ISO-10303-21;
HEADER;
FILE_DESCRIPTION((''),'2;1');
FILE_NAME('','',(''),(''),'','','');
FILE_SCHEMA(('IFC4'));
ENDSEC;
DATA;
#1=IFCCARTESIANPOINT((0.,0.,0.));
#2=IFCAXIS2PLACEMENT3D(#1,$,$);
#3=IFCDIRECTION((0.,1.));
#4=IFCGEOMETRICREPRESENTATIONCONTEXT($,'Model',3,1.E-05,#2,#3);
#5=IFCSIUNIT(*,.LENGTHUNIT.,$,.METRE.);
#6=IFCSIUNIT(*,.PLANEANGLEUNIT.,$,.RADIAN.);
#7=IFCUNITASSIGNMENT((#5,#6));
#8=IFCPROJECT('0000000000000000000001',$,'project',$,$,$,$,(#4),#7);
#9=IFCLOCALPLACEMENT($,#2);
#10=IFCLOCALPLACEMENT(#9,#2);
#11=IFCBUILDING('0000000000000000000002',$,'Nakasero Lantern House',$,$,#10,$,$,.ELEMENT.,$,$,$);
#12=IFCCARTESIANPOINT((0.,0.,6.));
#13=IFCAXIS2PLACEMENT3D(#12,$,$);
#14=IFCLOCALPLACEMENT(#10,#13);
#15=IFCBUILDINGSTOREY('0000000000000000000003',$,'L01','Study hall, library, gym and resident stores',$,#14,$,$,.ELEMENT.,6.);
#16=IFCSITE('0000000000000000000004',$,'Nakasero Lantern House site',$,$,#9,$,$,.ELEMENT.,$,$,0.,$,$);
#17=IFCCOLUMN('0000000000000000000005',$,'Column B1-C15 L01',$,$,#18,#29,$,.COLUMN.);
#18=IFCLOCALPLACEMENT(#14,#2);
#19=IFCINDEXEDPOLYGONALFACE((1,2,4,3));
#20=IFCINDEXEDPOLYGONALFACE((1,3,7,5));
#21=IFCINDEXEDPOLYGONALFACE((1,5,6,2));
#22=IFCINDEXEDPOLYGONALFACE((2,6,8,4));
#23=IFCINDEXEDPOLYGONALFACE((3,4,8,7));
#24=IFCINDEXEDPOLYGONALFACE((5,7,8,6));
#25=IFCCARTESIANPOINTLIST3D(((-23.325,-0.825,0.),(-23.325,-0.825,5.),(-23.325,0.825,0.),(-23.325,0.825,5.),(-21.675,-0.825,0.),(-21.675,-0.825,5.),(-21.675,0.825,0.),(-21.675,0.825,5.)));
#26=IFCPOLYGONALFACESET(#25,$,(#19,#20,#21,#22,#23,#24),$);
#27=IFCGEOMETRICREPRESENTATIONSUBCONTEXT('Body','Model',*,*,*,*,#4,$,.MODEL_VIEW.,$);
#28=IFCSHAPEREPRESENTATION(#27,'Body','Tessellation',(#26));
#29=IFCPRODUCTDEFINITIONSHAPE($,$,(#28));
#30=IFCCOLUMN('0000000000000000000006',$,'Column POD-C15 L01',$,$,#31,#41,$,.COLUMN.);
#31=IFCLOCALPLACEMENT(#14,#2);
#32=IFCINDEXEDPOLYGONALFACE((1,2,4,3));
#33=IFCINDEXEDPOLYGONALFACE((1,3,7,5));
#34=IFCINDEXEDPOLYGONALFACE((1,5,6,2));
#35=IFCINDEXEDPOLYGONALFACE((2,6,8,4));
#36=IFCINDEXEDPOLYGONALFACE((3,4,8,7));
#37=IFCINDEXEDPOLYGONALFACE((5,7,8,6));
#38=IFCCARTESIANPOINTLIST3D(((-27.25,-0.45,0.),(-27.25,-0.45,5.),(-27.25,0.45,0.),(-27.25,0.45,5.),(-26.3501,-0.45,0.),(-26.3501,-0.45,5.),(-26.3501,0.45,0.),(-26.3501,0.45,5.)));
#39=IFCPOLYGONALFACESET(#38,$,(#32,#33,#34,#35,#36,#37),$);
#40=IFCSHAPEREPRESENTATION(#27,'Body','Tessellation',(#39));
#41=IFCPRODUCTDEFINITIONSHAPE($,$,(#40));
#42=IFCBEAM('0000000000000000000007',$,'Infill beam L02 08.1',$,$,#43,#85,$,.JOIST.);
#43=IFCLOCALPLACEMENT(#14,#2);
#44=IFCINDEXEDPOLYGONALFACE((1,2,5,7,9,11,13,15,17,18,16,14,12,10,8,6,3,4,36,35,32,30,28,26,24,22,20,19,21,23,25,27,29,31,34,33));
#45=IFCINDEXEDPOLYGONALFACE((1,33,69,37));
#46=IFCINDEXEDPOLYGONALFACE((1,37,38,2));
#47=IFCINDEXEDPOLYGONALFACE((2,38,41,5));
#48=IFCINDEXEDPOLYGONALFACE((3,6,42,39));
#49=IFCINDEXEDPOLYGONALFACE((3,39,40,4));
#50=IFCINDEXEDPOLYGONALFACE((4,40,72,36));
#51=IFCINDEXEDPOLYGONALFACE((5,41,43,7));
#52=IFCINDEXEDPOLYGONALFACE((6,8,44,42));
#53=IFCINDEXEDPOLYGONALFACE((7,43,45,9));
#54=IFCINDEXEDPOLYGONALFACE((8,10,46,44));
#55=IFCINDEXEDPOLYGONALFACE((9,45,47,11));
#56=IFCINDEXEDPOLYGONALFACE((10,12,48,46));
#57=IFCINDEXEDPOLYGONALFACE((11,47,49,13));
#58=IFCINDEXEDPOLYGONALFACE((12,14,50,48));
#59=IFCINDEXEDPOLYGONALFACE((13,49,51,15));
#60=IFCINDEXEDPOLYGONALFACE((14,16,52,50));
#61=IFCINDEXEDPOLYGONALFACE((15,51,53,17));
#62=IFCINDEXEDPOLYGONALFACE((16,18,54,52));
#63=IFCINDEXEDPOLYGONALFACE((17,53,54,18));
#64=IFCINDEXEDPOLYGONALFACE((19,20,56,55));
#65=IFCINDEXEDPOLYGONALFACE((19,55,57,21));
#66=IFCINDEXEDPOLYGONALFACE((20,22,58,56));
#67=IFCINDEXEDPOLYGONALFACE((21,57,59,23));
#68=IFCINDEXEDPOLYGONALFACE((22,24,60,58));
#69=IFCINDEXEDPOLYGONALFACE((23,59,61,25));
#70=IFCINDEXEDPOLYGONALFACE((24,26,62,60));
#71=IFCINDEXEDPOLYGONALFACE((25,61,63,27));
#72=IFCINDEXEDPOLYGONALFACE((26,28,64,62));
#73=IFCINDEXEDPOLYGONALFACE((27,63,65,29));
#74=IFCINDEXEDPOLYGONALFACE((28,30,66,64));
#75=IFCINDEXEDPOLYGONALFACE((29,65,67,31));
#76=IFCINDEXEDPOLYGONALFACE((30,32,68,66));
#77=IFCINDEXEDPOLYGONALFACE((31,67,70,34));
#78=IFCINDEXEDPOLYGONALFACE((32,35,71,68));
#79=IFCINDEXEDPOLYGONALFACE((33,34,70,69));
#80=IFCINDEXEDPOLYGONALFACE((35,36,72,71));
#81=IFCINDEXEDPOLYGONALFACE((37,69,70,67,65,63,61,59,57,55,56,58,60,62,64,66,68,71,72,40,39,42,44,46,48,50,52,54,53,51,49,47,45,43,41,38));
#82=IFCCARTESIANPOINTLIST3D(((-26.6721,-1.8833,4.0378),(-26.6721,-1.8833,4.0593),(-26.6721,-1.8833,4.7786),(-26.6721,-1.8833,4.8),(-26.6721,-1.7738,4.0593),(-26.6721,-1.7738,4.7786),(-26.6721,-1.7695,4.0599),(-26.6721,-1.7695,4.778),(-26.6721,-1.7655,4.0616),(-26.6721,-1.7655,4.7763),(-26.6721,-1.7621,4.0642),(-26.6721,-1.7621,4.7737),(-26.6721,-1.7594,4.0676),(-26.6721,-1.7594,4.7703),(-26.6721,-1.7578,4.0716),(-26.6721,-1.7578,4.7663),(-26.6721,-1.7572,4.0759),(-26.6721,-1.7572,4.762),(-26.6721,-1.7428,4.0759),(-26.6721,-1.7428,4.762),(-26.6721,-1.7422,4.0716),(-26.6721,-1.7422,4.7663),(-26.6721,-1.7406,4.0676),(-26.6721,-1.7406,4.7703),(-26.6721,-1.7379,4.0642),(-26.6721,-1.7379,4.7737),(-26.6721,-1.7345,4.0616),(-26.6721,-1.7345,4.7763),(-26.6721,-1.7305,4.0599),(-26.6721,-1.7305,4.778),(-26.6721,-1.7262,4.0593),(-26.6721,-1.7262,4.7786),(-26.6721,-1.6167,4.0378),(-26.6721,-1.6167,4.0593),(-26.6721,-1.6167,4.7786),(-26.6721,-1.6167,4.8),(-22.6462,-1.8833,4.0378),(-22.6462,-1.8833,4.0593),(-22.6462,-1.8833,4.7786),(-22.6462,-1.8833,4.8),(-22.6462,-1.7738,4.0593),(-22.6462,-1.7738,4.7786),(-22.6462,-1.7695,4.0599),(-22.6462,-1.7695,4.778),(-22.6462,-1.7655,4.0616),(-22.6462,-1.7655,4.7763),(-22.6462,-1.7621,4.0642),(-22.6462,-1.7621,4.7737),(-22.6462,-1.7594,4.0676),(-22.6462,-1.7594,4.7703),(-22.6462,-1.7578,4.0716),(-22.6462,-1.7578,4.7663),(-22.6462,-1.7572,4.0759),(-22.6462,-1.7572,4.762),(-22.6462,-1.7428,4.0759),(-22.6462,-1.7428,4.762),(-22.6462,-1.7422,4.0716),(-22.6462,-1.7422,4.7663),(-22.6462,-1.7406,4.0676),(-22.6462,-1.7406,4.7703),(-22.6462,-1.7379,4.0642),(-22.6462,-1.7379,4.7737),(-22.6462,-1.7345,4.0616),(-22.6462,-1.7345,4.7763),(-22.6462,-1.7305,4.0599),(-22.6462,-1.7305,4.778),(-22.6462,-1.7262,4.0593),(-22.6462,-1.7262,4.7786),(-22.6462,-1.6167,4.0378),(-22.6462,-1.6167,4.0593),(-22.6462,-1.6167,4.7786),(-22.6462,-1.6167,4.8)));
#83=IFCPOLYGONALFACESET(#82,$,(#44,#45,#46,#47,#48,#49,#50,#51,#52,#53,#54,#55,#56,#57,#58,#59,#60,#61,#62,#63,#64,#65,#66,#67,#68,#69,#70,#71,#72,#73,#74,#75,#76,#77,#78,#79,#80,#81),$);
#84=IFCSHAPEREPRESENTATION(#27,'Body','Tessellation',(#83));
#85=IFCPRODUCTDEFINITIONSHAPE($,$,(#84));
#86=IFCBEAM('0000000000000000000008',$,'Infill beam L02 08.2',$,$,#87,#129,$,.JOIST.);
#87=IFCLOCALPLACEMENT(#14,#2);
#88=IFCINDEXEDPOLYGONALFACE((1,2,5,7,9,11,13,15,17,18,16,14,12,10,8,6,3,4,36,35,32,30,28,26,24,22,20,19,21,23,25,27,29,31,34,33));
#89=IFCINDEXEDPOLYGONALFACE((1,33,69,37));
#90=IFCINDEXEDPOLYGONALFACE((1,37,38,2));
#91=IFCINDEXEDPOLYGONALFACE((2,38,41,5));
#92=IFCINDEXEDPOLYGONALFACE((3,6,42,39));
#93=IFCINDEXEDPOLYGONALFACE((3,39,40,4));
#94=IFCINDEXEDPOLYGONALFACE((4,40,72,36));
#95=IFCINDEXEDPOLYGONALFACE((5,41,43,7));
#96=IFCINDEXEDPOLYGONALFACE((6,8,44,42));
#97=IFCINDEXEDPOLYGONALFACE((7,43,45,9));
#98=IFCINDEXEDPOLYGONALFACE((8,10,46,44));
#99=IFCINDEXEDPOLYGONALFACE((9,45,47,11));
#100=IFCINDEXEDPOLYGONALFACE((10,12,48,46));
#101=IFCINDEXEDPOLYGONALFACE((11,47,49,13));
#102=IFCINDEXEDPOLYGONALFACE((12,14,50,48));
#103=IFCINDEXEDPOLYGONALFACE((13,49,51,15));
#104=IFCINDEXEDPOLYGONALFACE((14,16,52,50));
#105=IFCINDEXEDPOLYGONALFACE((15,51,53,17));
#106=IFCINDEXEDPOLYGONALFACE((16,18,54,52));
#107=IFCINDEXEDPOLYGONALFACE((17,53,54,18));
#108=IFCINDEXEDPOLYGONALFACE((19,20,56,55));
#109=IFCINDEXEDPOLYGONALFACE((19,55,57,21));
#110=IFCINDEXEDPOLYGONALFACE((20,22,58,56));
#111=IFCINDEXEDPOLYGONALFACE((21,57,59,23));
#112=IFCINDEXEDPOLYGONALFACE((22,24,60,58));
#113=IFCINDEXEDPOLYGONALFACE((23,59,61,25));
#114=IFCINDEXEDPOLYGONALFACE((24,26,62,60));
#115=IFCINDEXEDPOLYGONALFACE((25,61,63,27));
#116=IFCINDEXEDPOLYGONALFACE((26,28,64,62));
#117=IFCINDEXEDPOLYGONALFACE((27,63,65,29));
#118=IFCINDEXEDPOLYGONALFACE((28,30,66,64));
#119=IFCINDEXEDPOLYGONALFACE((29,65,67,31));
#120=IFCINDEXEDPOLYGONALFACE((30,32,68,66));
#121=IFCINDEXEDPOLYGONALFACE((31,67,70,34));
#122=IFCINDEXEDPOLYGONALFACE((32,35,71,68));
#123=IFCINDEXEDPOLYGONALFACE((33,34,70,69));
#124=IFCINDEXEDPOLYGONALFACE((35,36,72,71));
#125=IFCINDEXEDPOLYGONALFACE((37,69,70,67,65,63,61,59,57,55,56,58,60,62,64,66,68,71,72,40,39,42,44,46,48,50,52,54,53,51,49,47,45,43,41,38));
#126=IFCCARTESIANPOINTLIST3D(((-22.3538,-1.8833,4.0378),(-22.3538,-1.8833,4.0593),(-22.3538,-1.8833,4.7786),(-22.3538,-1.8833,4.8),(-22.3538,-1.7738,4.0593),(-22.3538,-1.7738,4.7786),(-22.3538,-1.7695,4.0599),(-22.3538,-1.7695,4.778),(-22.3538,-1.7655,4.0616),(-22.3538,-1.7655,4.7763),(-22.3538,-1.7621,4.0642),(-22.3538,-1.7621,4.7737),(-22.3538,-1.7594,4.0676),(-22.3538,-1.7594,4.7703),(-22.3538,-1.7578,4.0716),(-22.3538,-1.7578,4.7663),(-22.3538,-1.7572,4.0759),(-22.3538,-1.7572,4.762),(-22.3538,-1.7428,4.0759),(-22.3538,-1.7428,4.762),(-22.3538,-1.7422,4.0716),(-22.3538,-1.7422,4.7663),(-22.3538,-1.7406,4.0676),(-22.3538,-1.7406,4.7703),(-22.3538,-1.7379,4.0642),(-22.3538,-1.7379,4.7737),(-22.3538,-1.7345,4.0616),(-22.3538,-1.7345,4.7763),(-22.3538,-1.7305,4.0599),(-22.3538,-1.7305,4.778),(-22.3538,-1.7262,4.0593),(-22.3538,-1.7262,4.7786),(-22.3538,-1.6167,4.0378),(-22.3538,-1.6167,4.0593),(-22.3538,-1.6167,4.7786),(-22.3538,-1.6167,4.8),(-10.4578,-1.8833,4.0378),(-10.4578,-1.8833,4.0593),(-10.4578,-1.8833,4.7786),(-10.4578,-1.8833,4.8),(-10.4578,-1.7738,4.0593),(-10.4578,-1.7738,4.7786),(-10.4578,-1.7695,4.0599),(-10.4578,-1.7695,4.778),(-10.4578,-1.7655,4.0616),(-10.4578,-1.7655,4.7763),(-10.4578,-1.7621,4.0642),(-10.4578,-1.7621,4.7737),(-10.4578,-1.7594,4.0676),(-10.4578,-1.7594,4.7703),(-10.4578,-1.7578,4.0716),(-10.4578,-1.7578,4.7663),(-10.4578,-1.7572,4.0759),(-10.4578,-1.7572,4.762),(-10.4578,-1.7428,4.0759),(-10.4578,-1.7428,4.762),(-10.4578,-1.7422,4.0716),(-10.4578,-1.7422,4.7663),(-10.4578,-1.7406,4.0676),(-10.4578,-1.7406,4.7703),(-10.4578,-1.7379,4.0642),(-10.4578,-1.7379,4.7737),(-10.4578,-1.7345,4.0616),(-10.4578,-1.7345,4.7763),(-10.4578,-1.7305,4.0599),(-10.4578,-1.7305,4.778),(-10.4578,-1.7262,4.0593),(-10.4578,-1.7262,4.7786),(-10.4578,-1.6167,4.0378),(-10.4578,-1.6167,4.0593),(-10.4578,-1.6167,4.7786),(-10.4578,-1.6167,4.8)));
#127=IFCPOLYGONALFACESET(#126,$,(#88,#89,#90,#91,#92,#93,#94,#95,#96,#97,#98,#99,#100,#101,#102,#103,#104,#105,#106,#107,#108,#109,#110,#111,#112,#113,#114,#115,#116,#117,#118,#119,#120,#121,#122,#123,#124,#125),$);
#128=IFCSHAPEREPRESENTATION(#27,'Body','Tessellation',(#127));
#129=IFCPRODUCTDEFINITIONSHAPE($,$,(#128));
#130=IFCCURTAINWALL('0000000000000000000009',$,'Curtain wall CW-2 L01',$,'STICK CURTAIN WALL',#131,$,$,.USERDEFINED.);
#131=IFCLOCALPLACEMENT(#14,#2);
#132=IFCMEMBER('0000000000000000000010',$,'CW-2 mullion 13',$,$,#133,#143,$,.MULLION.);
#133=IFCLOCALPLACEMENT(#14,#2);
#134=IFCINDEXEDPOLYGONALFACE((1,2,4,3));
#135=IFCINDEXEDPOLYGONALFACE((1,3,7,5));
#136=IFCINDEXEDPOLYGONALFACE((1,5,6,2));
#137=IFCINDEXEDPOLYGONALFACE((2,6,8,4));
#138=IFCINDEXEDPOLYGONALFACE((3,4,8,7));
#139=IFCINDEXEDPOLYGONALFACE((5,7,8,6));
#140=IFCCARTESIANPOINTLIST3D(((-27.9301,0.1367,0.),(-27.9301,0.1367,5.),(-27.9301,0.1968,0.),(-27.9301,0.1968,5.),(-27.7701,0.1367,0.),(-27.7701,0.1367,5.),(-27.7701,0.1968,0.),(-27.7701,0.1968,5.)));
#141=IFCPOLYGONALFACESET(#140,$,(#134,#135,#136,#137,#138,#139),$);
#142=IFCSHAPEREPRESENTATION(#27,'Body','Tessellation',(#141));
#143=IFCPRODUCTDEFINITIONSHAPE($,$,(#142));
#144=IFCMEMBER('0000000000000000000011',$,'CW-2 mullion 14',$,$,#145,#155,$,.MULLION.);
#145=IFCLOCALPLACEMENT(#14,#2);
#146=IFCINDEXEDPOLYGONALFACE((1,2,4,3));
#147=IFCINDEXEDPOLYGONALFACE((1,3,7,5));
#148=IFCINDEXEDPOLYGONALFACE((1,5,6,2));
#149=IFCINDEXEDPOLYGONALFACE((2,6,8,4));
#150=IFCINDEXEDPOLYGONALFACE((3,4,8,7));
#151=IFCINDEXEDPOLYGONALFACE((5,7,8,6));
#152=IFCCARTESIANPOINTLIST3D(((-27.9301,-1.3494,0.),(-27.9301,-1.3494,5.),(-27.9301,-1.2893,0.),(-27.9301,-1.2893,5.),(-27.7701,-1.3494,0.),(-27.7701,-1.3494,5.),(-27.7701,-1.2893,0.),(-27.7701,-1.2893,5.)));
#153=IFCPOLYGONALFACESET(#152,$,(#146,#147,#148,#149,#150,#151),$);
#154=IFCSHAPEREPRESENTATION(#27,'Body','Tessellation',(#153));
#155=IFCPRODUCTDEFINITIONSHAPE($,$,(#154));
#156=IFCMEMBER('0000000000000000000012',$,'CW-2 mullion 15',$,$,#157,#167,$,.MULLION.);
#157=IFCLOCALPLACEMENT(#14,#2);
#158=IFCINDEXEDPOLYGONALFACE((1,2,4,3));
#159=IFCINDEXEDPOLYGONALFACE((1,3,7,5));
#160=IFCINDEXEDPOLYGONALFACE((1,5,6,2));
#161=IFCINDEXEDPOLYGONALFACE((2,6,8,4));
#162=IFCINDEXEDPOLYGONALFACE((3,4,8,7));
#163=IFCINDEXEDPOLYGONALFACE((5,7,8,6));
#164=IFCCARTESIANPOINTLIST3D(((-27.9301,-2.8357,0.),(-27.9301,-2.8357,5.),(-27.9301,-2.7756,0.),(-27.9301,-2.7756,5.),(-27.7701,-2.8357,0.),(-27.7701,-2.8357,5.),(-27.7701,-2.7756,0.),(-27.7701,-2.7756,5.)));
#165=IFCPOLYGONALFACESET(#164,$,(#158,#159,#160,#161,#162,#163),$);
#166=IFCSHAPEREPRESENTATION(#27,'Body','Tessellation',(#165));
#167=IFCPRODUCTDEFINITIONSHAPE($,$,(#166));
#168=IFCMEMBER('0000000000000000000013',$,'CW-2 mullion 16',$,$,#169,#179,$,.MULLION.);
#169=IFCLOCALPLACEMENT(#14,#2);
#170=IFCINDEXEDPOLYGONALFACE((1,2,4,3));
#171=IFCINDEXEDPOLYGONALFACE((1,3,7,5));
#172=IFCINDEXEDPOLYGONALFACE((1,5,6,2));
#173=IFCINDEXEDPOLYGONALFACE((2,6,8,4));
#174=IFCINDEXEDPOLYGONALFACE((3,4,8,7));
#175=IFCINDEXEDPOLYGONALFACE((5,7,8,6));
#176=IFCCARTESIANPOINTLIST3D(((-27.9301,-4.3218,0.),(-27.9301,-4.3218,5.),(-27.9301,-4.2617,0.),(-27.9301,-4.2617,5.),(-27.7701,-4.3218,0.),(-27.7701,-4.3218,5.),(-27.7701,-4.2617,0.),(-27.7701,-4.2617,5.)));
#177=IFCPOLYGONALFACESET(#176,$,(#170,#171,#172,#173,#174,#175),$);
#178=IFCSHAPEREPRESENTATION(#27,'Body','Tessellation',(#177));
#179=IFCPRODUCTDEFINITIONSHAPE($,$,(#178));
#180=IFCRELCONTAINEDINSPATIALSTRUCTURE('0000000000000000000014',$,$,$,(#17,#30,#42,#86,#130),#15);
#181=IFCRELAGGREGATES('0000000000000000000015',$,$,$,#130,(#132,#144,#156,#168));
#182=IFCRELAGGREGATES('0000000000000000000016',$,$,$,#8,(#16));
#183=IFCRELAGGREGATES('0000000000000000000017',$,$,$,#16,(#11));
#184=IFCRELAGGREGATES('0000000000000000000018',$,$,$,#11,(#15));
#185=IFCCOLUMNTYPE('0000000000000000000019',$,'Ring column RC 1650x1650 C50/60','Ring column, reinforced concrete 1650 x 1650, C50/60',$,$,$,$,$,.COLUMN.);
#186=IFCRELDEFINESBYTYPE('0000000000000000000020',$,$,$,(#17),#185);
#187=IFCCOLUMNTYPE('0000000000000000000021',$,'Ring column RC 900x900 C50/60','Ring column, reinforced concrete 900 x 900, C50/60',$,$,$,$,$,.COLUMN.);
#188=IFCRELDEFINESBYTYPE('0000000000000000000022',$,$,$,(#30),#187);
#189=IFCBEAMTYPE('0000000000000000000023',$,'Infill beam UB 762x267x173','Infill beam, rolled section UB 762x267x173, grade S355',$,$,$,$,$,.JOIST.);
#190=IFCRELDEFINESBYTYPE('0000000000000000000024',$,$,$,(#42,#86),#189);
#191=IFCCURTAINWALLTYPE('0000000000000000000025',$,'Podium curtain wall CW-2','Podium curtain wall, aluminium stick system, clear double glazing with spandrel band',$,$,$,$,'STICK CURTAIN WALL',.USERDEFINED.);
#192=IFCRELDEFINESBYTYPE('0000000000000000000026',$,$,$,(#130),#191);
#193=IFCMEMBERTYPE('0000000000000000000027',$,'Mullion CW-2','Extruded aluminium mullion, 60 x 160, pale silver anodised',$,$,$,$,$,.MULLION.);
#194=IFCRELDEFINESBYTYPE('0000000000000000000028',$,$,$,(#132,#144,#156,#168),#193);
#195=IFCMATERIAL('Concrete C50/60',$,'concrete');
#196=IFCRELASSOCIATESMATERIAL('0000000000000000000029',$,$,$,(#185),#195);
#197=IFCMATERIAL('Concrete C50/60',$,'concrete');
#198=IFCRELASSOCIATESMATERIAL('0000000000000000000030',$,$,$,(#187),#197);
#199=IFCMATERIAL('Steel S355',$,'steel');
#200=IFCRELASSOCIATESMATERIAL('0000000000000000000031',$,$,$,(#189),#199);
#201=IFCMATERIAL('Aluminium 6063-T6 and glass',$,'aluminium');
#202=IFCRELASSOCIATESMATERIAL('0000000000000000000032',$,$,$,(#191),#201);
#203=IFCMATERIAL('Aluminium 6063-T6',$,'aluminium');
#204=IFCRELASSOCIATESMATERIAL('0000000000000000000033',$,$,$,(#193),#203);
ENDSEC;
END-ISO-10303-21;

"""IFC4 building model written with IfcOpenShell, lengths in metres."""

from ifc_helpers import new_model, si_unit, direction, frame, origin, origin_2d, place, context, subcontext, project, spatial, rectangle, i_section, extrude, material, material_profile, profile_set, type_object, element, aggregate, save


model = new_model("IFC4")

# Units and contexts
model_context = context("Model", 3, precision=1e-05, world=origin(), true_north=direction((0.0, 1.0)))
body_context = subcontext(model_context, "Body", "Model", "MODEL_VIEW")
ifc_project = project(units=[si_unit("LENGTHUNIT", "METRE"), si_unit("PLANEANGLEUNIT", "RADIAN")], contexts=[model_context])

# Site, building, storey
site_placement = place(None, origin())
site = spatial("IfcSite", under=ifc_project, at=site_placement, Name="Nakasero Lantern House site", CompositionType="ELEMENT", RefElevation=0.0)
building_placement = place(site_placement, origin())
building = spatial("IfcBuilding", under=site, at=building_placement, Name="Nakasero Lantern House", CompositionType="ELEMENT")
storey_placement = place(building_placement, frame((0.0, 0.0, 6.0)))
storey = spatial("IfcBuildingStorey", under=building, at=storey_placement, Name="L01", Description="Study hall, library, gym and resident stores", CompositionType="ELEMENT", Elevation=6.0)

# Columns
ifc_material_1 = material(Name="Concrete C50/60", Category="concrete")
ifc_material_profile_1 = material_profile(ifc_material_1, rectangle(XDim=1.6499, YDim=1.6499, at=origin_2d()), Name="RC 1650x1650")
ifc_profile_set_1 = profile_set([ifc_material_profile_1], Name="Concrete C50/60")
column_type_1 = type_object("IfcColumnType", Name="Ring column RC 1650x1650 C50/60", Description="Ring column, reinforced concrete 1650 x 1650, C50/60", PredefinedType="COLUMN", material=ifc_profile_set_1)
column_1_placement = place(storey_placement, frame((-22.5, 0.0, 0.0), z_axis=(0.0, 0.0, 1.0), x_axis=(1.0, 0.0, 0.0)))
element("IfcColumn", 1, at=column_1_placement, inside=storey, type_object=column_type_1, Name="Column B1-C15 L01", PredefinedType="COLUMN", context=body_context, shape_type="SweptSolid", body=[
    extrude(rectangle(XDim=1.6499, YDim=1.6499, at=origin_2d()), origin(), (0.0, 0.0, 1.0), 5.0),
])
ifc_material_2 = material(Name="Concrete C50/60", Category="concrete")
ifc_material_profile_2 = material_profile(ifc_material_2, rectangle(XDim=0.8999, YDim=0.8999, at=origin_2d()), Name="RC 900x900")
ifc_profile_set_2 = profile_set([ifc_material_profile_2], Name="Concrete C50/60")
column_type_2 = type_object("IfcColumnType", Name="Ring column RC 900x900 C50/60", Description="Ring column, reinforced concrete 900 x 900, C50/60", PredefinedType="COLUMN", material=ifc_profile_set_2)
column_2_placement = place(storey_placement, frame((-26.8, 0.0, 0.0), z_axis=(0.0, 0.0, 1.0), x_axis=(1.0, 0.0, 0.0)))
element("IfcColumn", 2, at=column_2_placement, inside=storey, type_object=column_type_2, Name="Column POD-C15 L01", PredefinedType="COLUMN", context=body_context, shape_type="SweptSolid", body=[
    extrude(rectangle(XDim=0.8999, YDim=0.8999, at=origin_2d()), origin(), (0.0, 0.0, 1.0), 5.0),
])

# Beams
ifc_material_3 = material(Name="Steel S355", Category="steel")
ifc_material_profile_3 = material_profile(ifc_material_3, i_section(OverallWidth=0.2666, OverallDepth=0.7622, WebThickness=0.0144, FlangeThickness=0.0215, FilletRadius=0.0166, at=origin_2d()), Name="UB 762x267x173")
ifc_profile_set_3 = profile_set([ifc_material_profile_3], Name="Steel S355")
beam_type_1 = type_object("IfcBeamType", Name="Infill beam UB 762x267x173", Description="Infill beam, rolled section UB 762x267x173, grade S355", PredefinedType="JOIST", material=ifc_profile_set_3)
beam_1_placement = place(storey_placement, frame((-26.6721, -1.75, 4.4189), z_axis=(1.0, 0.0, 0.0), x_axis=(0.0, 1.0, 0.0)))
element("IfcBeam", 3, at=beam_1_placement, inside=storey, type_object=beam_type_1, Name="Infill beam L02 08.1", PredefinedType="JOIST", context=body_context, shape_type="SweptSolid", body=[
    extrude(i_section(OverallWidth=0.2666, OverallDepth=0.7622, WebThickness=0.0144, FlangeThickness=0.0215, FilletRadius=0.0166, at=origin_2d()), origin(), (0.0, 0.0, 1.0), 4.0259),
])
beam_2_placement = place(storey_placement, frame((-22.3538, -1.75, 4.4189), z_axis=(1.0, 0.0, 0.0), x_axis=(0.0, 1.0, 0.0)))
element("IfcBeam", 4, at=beam_2_placement, inside=storey, type_object=beam_type_1, Name="Infill beam L02 08.2", PredefinedType="JOIST", context=body_context, shape_type="SweptSolid", body=[
    extrude(i_section(OverallWidth=0.2666, OverallDepth=0.7622, WebThickness=0.0144, FlangeThickness=0.0215, FilletRadius=0.0166, at=origin_2d()), origin(), (0.0, 0.0, 1.0), 11.896),
])

# Curtain wall, members
ifc_material_4 = material(Name="Aluminium 6063-T6 and glass", Category="aluminium")
curtain_wall_type = type_object("IfcCurtainWallType", Name="Podium curtain wall CW-2", Description="Podium curtain wall, aluminium stick system, clear double glazing with spandrel band", ElementType="STICK CURTAIN WALL", PredefinedType="USERDEFINED", material=ifc_material_4)
curtain_wall_placement = place(storey_placement, origin())
curtain_wall = element("IfcCurtainWall", 5, at=curtain_wall_placement, inside=storey, type_object=curtain_wall_type, Name="Curtain wall CW-2 L01", ObjectType="STICK CURTAIN WALL", PredefinedType="USERDEFINED")
ifc_material_5 = material(Name="Aluminium 6063-T6", Category="aluminium")
ifc_material_profile_4 = material_profile(ifc_material_5, rectangle(XDim=0.0601, YDim=0.1599, at=origin_2d()), Name="CW-2 mullion 60x160")
ifc_profile_set_4 = profile_set([ifc_material_profile_4], Name="Aluminium 6063-T6")
member_type_1 = type_object("IfcMemberType", Name="Mullion CW-2", Description="Extruded aluminium mullion, 60 x 160, pale silver anodised", PredefinedType="MULLION", material=ifc_profile_set_4)
member_1_placement = place(storey_placement, frame((-27.8501, 0.1667, 0.0), z_axis=(0.0, 0.0, 1.0), x_axis=(0.0, -1.0, 0.0)))
member_1 = element("IfcMember", 6, at=member_1_placement, type_object=member_type_1, Name="CW-2 mullion 13", PredefinedType="MULLION", context=body_context, shape_type="SweptSolid", body=[
    extrude(rectangle(XDim=0.0601, YDim=0.1599, at=origin_2d()), origin(), (0.0, 0.0, 1.0), 5.0),
])
member_2_placement = place(storey_placement, frame((-27.8501, -1.3193, 0.0), z_axis=(0.0, 0.0, 1.0), x_axis=(0.0, -1.0, 0.0)))
member_2 = element("IfcMember", 7, at=member_2_placement, type_object=member_type_1, Name="CW-2 mullion 14", PredefinedType="MULLION", context=body_context, shape_type="SweptSolid", body=[
    extrude(rectangle(XDim=0.0601, YDim=0.1599, at=origin_2d()), origin(), (0.0, 0.0, 1.0), 5.0),
])
member_3_placement = place(storey_placement, frame((-27.8501, -2.8057, 0.0), z_axis=(0.0, 0.0, 1.0), x_axis=(0.0, -1.0, 0.0)))
member_3 = element("IfcMember", 8, at=member_3_placement, type_object=member_type_1, Name="CW-2 mullion 15", PredefinedType="MULLION", context=body_context, shape_type="SweptSolid", body=[
    extrude(rectangle(XDim=0.0601, YDim=0.1599, at=origin_2d()), origin(), (0.0, 0.0, 1.0), 5.0),
])
member_4_placement = place(storey_placement, frame((-27.8501, -4.2917, 0.0), z_axis=(0.0, 0.0, 1.0), x_axis=(0.0, -1.0, 0.0)))
member_4 = element("IfcMember", 9, at=member_4_placement, type_object=member_type_1, Name="CW-2 mullion 16", PredefinedType="MULLION", context=body_context, shape_type="SweptSolid", body=[
    extrude(rectangle(XDim=0.0601, YDim=0.1599, at=origin_2d()), origin(), (0.0, 0.0, 1.0), 5.0),
])

aggregate(curtain_wall, [member_1, member_2, member_3, member_4])

save(model, "model.ifc")
